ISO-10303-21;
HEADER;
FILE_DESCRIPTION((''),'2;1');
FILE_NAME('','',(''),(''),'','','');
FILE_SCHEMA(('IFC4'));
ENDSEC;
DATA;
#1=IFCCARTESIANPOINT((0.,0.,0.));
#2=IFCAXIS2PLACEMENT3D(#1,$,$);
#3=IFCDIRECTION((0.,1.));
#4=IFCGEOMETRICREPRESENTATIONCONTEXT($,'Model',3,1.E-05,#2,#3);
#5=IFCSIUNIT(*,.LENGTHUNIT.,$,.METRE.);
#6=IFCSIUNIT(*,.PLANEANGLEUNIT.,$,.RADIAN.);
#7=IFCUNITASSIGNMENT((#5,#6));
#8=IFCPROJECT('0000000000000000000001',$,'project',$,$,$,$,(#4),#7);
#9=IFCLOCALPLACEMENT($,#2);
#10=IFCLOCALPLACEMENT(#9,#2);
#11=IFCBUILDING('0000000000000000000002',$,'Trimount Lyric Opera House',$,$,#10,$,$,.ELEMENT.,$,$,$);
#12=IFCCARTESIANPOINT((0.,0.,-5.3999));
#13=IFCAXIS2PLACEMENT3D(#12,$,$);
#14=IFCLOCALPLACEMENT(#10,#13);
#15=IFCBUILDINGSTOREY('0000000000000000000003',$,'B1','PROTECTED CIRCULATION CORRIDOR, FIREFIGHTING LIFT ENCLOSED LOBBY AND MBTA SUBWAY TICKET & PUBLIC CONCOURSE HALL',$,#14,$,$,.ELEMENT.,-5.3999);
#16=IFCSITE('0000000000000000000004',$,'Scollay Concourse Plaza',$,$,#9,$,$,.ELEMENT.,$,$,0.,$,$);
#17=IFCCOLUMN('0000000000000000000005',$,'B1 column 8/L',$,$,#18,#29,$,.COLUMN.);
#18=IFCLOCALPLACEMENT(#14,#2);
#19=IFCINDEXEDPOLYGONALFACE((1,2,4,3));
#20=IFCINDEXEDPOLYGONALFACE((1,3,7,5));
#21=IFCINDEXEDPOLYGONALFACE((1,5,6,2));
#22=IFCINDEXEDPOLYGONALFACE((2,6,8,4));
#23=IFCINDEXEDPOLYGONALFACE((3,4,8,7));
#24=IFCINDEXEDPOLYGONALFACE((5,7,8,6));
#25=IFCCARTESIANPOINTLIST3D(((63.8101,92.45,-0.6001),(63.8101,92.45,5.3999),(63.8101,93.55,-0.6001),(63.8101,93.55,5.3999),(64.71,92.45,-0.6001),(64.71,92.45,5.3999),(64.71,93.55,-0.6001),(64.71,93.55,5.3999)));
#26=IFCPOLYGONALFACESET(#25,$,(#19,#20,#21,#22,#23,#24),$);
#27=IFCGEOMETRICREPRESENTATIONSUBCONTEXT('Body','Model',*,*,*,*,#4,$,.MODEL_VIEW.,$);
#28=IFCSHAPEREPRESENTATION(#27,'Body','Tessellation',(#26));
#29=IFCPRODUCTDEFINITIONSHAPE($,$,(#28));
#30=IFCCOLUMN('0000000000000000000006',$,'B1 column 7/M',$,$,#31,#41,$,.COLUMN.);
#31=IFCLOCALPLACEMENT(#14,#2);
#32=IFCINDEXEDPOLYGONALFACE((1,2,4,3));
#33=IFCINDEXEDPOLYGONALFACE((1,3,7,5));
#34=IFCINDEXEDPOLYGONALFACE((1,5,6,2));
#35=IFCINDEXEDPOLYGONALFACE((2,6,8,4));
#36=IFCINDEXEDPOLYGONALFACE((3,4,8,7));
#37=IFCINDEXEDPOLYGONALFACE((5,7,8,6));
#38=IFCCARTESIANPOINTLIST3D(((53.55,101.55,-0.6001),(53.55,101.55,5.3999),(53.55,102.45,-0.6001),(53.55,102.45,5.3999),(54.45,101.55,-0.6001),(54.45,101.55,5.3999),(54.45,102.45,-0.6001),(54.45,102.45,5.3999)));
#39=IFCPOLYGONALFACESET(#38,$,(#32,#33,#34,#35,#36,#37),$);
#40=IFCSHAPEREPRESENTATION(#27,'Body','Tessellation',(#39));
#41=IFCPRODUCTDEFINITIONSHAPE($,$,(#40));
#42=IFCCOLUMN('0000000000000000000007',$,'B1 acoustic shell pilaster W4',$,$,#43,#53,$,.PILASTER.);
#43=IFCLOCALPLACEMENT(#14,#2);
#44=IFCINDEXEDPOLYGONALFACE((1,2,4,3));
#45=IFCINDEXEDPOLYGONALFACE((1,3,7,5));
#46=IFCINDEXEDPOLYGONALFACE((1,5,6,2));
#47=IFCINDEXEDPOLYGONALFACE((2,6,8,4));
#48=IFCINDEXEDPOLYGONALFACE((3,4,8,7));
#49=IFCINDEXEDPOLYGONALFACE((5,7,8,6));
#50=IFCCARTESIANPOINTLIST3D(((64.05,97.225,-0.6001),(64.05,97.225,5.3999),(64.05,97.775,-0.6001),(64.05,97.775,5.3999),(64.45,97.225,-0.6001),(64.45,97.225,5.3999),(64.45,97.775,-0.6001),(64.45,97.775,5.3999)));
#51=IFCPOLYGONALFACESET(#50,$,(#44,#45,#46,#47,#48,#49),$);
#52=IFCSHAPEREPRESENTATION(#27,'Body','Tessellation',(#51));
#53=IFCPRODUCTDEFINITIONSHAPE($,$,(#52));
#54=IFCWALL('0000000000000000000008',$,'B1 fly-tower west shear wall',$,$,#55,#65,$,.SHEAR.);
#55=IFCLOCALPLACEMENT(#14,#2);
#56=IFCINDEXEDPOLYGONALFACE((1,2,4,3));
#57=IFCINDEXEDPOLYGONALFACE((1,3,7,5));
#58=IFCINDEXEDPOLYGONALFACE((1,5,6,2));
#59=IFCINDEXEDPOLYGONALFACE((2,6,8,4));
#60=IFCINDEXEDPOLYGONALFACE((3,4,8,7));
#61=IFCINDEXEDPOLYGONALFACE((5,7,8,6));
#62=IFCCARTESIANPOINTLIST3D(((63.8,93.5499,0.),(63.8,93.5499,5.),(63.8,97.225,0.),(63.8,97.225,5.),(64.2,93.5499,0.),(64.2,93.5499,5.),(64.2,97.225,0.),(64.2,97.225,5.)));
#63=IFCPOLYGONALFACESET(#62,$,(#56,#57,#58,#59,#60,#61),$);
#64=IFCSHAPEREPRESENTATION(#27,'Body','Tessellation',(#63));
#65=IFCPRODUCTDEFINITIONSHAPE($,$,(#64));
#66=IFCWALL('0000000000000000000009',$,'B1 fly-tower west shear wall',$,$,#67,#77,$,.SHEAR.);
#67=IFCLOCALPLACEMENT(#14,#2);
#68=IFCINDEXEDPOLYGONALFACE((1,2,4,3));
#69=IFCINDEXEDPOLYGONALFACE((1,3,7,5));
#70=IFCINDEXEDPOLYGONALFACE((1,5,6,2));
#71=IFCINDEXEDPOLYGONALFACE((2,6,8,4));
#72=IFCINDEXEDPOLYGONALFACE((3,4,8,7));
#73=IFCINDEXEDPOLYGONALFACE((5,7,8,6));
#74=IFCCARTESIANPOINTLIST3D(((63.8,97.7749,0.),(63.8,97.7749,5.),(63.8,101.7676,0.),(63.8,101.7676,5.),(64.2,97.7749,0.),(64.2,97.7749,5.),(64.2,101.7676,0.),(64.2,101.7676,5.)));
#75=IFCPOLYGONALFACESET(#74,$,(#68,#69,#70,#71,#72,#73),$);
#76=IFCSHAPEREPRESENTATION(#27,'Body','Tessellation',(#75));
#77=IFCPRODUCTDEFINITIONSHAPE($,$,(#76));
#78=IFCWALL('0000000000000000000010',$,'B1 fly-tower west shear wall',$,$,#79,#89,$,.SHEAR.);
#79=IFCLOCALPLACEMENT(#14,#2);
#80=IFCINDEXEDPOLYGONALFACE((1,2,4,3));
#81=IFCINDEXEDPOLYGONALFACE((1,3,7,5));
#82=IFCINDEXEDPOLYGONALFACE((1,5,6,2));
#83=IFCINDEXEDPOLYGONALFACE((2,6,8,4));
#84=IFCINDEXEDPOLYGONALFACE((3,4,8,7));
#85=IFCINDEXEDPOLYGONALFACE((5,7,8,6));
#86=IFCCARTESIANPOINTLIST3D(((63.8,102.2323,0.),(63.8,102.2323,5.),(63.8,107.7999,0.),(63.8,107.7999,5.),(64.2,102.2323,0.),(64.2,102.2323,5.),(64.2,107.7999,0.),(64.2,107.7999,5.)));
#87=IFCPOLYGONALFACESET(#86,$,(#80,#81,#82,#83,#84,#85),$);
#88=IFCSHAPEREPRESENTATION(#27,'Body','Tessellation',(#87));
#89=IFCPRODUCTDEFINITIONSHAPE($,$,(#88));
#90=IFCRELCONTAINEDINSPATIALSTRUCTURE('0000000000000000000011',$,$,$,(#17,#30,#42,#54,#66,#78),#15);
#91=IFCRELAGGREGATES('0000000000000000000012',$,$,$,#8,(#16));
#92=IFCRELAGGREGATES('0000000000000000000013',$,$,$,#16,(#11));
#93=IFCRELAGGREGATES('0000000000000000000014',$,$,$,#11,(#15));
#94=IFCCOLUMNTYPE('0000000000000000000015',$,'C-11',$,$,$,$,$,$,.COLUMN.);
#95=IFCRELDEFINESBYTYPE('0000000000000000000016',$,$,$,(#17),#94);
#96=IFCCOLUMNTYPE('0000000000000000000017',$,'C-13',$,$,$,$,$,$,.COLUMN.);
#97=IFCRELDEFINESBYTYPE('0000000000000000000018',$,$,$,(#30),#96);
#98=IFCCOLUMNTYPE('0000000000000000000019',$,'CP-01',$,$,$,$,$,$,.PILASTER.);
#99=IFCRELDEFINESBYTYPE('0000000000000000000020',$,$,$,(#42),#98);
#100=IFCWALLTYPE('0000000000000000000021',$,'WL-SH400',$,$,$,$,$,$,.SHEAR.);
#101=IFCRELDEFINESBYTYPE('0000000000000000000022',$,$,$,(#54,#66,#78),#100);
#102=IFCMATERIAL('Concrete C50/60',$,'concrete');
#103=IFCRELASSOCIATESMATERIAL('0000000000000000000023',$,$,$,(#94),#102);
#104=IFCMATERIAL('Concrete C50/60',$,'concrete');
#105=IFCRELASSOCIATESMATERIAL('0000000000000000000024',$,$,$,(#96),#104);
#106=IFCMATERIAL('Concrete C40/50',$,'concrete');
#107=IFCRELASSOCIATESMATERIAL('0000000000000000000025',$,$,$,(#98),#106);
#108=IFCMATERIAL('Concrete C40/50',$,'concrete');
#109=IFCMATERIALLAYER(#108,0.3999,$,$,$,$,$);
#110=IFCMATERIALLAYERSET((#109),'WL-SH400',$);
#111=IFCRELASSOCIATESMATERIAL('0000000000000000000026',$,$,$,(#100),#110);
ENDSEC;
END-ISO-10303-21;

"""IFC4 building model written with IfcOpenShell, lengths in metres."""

from ifc_helpers import new_model, si_unit, direction, frame, frame_2d, origin, origin_2d, place, context, subcontext, project, spatial, rectangle, extrude, material, layer, layer_set, material_profile, profile_set, type_object, element, save


model = new_model("IFC4")

# Units and contexts
model_context = context("Model", 3, precision=1e-05, world=origin(), true_north=direction((0.0, 1.0)))
body_context = subcontext(model_context, "Body", "Model", "MODEL_VIEW")
ifc_project = project(units=[si_unit("LENGTHUNIT", "METRE"), si_unit("PLANEANGLEUNIT", "RADIAN")], contexts=[model_context])

# Site, building, storey
site_placement = place(None, origin())
site = spatial("IfcSite", under=ifc_project, at=site_placement, Name="Scollay Concourse Plaza", CompositionType="ELEMENT", RefElevation=0.0)
building_placement = place(site_placement, origin())
building = spatial("IfcBuilding", under=site, at=building_placement, Name="Trimount Lyric Opera House", CompositionType="ELEMENT")
storey_placement = place(building_placement, frame((0.0, 0.0, -5.3999)))
storey = spatial("IfcBuildingStorey", under=building, at=storey_placement, Name="B1", Description="PROTECTED CIRCULATION CORRIDOR, FIREFIGHTING LIFT ENCLOSED LOBBY AND MBTA SUBWAY TICKET & PUBLIC CONCOURSE HALL", CompositionType="ELEMENT", Elevation=-5.3999)

# Columns
ifc_material_1 = material(Name="Concrete C50/60", Category="concrete")
ifc_material_profile_1 = material_profile(ifc_material_1, rectangle(XDim=0.8999, YDim=1.1001, at=origin_2d()), Name="RC1100X900")
ifc_profile_set_1 = profile_set([ifc_material_profile_1], Name="Concrete C50/60")
column_type_1 = type_object("IfcColumnType", Name="C-11", PredefinedType="COLUMN", material=ifc_profile_set_1)
column_1_placement = place(storey_placement, frame((64.26, 93.0, -0.6001), z_axis=(0.0, 0.0, 1.0), x_axis=(1.0, 0.0, 0.0)))
element("IfcColumn", 1, at=column_1_placement, inside=storey, type_object=column_type_1, Name="B1 column 8/L", PredefinedType="COLUMN", context=body_context, shape_type="SweptSolid", body=[
    extrude(rectangle(XDim=0.8999, YDim=1.1001, at=origin_2d()), origin(), (0.0, 0.0, 1.0), 6.0),
])
ifc_material_2 = material(Name="Concrete C50/60", Category="concrete")
ifc_material_profile_2 = material_profile(ifc_material_2, rectangle(XDim=0.8999, YDim=0.8999, at=origin_2d()), Name="RC900X900")
ifc_profile_set_2 = profile_set([ifc_material_profile_2], Name="Concrete C50/60")
column_type_2 = type_object("IfcColumnType", Name="C-13", PredefinedType="COLUMN", material=ifc_profile_set_2)
column_2_placement = place(storey_placement, frame((54.0, 102.0, -0.6001), z_axis=(0.0, 0.0, 1.0), x_axis=(1.0, 0.0, 0.0)))
element("IfcColumn", 2, at=column_2_placement, inside=storey, type_object=column_type_2, Name="B1 column 7/M", PredefinedType="COLUMN", context=body_context, shape_type="SweptSolid", body=[
    extrude(rectangle(XDim=0.8999, YDim=0.8999, at=origin_2d()), origin(), (0.0, 0.0, 1.0), 6.0),
])
ifc_material_3 = material(Name="Concrete C40/50", Category="concrete")
ifc_material_profile_3 = material_profile(ifc_material_3, rectangle(XDim=0.3999, YDim=0.55, at=origin_2d()), Name="RC550X400")
ifc_profile_set_3 = profile_set([ifc_material_profile_3], Name="Concrete C40/50")
column_type_3 = type_object("IfcColumnType", Name="CP-01", PredefinedType="PILASTER", material=ifc_profile_set_3)
column_3_placement = place(storey_placement, frame((64.25, 97.5, -0.6001), z_axis=(0.0, 0.0, 1.0), x_axis=(1.0, 0.0, 0.0)))
element("IfcColumn", 3, at=column_3_placement, inside=storey, type_object=column_type_3, Name="B1 acoustic shell pilaster W4", PredefinedType="PILASTER", context=body_context, shape_type="SweptSolid", body=[
    extrude(rectangle(XDim=0.3999, YDim=0.55, at=origin_2d()), origin(), (0.0, 0.0, 1.0), 6.0),
])

# Walls
ifc_material_4 = material(Name="Concrete C40/50", Category="concrete")
ifc_layer = layer(ifc_material_4, 0.3999)
ifc_layer_set = layer_set([ifc_layer], Name="WL-SH400")
wall_type = type_object("IfcWallType", Name="WL-SH400", PredefinedType="SHEAR", material=ifc_layer_set)
wall_1_placement = place(storey_placement, frame((64.0, 93.55, 0.0), z_axis=(0.0, 0.0, 1.0), x_axis=(0.0, 1.0, 0.0)))
element("IfcWall", 4, at=wall_1_placement, inside=storey, type_object=wall_type, Name="B1 fly-tower west shear wall", PredefinedType="SHEAR", context=body_context, shape_type="SweptSolid", body=[
    extrude(rectangle(XDim=3.675, YDim=0.3999, at=frame_2d((1.8374, 0.0))), origin(), (0.0, 0.0, 1.0), 5.0),
])
wall_2_placement = place(storey_placement, frame((64.0, 97.7749, 0.0), z_axis=(0.0, 0.0, 1.0), x_axis=(0.0, 1.0, 0.0)))
element("IfcWall", 5, at=wall_2_placement, inside=storey, type_object=wall_type, Name="B1 fly-tower west shear wall", PredefinedType="SHEAR", context=body_context, shape_type="SweptSolid", body=[
    extrude(rectangle(XDim=3.9927, YDim=0.3999, at=frame_2d((1.9963, 0.0))), origin(), (0.0, 0.0, 1.0), 5.0),
])
wall_3_placement = place(storey_placement, frame((64.0, 102.2324, 0.0), z_axis=(0.0, 0.0, 1.0), x_axis=(0.0, 1.0, 0.0)))
element("IfcWall", 6, at=wall_3_placement, inside=storey, type_object=wall_type, Name="B1 fly-tower west shear wall", PredefinedType="SHEAR", context=body_context, shape_type="SweptSolid", body=[
    extrude(rectangle(XDim=5.5676, YDim=0.3999, at=frame_2d((2.7837, 0.0))), origin(), (0.0, 0.0, 1.0), 5.0),
])

save(model, "model.ifc")
